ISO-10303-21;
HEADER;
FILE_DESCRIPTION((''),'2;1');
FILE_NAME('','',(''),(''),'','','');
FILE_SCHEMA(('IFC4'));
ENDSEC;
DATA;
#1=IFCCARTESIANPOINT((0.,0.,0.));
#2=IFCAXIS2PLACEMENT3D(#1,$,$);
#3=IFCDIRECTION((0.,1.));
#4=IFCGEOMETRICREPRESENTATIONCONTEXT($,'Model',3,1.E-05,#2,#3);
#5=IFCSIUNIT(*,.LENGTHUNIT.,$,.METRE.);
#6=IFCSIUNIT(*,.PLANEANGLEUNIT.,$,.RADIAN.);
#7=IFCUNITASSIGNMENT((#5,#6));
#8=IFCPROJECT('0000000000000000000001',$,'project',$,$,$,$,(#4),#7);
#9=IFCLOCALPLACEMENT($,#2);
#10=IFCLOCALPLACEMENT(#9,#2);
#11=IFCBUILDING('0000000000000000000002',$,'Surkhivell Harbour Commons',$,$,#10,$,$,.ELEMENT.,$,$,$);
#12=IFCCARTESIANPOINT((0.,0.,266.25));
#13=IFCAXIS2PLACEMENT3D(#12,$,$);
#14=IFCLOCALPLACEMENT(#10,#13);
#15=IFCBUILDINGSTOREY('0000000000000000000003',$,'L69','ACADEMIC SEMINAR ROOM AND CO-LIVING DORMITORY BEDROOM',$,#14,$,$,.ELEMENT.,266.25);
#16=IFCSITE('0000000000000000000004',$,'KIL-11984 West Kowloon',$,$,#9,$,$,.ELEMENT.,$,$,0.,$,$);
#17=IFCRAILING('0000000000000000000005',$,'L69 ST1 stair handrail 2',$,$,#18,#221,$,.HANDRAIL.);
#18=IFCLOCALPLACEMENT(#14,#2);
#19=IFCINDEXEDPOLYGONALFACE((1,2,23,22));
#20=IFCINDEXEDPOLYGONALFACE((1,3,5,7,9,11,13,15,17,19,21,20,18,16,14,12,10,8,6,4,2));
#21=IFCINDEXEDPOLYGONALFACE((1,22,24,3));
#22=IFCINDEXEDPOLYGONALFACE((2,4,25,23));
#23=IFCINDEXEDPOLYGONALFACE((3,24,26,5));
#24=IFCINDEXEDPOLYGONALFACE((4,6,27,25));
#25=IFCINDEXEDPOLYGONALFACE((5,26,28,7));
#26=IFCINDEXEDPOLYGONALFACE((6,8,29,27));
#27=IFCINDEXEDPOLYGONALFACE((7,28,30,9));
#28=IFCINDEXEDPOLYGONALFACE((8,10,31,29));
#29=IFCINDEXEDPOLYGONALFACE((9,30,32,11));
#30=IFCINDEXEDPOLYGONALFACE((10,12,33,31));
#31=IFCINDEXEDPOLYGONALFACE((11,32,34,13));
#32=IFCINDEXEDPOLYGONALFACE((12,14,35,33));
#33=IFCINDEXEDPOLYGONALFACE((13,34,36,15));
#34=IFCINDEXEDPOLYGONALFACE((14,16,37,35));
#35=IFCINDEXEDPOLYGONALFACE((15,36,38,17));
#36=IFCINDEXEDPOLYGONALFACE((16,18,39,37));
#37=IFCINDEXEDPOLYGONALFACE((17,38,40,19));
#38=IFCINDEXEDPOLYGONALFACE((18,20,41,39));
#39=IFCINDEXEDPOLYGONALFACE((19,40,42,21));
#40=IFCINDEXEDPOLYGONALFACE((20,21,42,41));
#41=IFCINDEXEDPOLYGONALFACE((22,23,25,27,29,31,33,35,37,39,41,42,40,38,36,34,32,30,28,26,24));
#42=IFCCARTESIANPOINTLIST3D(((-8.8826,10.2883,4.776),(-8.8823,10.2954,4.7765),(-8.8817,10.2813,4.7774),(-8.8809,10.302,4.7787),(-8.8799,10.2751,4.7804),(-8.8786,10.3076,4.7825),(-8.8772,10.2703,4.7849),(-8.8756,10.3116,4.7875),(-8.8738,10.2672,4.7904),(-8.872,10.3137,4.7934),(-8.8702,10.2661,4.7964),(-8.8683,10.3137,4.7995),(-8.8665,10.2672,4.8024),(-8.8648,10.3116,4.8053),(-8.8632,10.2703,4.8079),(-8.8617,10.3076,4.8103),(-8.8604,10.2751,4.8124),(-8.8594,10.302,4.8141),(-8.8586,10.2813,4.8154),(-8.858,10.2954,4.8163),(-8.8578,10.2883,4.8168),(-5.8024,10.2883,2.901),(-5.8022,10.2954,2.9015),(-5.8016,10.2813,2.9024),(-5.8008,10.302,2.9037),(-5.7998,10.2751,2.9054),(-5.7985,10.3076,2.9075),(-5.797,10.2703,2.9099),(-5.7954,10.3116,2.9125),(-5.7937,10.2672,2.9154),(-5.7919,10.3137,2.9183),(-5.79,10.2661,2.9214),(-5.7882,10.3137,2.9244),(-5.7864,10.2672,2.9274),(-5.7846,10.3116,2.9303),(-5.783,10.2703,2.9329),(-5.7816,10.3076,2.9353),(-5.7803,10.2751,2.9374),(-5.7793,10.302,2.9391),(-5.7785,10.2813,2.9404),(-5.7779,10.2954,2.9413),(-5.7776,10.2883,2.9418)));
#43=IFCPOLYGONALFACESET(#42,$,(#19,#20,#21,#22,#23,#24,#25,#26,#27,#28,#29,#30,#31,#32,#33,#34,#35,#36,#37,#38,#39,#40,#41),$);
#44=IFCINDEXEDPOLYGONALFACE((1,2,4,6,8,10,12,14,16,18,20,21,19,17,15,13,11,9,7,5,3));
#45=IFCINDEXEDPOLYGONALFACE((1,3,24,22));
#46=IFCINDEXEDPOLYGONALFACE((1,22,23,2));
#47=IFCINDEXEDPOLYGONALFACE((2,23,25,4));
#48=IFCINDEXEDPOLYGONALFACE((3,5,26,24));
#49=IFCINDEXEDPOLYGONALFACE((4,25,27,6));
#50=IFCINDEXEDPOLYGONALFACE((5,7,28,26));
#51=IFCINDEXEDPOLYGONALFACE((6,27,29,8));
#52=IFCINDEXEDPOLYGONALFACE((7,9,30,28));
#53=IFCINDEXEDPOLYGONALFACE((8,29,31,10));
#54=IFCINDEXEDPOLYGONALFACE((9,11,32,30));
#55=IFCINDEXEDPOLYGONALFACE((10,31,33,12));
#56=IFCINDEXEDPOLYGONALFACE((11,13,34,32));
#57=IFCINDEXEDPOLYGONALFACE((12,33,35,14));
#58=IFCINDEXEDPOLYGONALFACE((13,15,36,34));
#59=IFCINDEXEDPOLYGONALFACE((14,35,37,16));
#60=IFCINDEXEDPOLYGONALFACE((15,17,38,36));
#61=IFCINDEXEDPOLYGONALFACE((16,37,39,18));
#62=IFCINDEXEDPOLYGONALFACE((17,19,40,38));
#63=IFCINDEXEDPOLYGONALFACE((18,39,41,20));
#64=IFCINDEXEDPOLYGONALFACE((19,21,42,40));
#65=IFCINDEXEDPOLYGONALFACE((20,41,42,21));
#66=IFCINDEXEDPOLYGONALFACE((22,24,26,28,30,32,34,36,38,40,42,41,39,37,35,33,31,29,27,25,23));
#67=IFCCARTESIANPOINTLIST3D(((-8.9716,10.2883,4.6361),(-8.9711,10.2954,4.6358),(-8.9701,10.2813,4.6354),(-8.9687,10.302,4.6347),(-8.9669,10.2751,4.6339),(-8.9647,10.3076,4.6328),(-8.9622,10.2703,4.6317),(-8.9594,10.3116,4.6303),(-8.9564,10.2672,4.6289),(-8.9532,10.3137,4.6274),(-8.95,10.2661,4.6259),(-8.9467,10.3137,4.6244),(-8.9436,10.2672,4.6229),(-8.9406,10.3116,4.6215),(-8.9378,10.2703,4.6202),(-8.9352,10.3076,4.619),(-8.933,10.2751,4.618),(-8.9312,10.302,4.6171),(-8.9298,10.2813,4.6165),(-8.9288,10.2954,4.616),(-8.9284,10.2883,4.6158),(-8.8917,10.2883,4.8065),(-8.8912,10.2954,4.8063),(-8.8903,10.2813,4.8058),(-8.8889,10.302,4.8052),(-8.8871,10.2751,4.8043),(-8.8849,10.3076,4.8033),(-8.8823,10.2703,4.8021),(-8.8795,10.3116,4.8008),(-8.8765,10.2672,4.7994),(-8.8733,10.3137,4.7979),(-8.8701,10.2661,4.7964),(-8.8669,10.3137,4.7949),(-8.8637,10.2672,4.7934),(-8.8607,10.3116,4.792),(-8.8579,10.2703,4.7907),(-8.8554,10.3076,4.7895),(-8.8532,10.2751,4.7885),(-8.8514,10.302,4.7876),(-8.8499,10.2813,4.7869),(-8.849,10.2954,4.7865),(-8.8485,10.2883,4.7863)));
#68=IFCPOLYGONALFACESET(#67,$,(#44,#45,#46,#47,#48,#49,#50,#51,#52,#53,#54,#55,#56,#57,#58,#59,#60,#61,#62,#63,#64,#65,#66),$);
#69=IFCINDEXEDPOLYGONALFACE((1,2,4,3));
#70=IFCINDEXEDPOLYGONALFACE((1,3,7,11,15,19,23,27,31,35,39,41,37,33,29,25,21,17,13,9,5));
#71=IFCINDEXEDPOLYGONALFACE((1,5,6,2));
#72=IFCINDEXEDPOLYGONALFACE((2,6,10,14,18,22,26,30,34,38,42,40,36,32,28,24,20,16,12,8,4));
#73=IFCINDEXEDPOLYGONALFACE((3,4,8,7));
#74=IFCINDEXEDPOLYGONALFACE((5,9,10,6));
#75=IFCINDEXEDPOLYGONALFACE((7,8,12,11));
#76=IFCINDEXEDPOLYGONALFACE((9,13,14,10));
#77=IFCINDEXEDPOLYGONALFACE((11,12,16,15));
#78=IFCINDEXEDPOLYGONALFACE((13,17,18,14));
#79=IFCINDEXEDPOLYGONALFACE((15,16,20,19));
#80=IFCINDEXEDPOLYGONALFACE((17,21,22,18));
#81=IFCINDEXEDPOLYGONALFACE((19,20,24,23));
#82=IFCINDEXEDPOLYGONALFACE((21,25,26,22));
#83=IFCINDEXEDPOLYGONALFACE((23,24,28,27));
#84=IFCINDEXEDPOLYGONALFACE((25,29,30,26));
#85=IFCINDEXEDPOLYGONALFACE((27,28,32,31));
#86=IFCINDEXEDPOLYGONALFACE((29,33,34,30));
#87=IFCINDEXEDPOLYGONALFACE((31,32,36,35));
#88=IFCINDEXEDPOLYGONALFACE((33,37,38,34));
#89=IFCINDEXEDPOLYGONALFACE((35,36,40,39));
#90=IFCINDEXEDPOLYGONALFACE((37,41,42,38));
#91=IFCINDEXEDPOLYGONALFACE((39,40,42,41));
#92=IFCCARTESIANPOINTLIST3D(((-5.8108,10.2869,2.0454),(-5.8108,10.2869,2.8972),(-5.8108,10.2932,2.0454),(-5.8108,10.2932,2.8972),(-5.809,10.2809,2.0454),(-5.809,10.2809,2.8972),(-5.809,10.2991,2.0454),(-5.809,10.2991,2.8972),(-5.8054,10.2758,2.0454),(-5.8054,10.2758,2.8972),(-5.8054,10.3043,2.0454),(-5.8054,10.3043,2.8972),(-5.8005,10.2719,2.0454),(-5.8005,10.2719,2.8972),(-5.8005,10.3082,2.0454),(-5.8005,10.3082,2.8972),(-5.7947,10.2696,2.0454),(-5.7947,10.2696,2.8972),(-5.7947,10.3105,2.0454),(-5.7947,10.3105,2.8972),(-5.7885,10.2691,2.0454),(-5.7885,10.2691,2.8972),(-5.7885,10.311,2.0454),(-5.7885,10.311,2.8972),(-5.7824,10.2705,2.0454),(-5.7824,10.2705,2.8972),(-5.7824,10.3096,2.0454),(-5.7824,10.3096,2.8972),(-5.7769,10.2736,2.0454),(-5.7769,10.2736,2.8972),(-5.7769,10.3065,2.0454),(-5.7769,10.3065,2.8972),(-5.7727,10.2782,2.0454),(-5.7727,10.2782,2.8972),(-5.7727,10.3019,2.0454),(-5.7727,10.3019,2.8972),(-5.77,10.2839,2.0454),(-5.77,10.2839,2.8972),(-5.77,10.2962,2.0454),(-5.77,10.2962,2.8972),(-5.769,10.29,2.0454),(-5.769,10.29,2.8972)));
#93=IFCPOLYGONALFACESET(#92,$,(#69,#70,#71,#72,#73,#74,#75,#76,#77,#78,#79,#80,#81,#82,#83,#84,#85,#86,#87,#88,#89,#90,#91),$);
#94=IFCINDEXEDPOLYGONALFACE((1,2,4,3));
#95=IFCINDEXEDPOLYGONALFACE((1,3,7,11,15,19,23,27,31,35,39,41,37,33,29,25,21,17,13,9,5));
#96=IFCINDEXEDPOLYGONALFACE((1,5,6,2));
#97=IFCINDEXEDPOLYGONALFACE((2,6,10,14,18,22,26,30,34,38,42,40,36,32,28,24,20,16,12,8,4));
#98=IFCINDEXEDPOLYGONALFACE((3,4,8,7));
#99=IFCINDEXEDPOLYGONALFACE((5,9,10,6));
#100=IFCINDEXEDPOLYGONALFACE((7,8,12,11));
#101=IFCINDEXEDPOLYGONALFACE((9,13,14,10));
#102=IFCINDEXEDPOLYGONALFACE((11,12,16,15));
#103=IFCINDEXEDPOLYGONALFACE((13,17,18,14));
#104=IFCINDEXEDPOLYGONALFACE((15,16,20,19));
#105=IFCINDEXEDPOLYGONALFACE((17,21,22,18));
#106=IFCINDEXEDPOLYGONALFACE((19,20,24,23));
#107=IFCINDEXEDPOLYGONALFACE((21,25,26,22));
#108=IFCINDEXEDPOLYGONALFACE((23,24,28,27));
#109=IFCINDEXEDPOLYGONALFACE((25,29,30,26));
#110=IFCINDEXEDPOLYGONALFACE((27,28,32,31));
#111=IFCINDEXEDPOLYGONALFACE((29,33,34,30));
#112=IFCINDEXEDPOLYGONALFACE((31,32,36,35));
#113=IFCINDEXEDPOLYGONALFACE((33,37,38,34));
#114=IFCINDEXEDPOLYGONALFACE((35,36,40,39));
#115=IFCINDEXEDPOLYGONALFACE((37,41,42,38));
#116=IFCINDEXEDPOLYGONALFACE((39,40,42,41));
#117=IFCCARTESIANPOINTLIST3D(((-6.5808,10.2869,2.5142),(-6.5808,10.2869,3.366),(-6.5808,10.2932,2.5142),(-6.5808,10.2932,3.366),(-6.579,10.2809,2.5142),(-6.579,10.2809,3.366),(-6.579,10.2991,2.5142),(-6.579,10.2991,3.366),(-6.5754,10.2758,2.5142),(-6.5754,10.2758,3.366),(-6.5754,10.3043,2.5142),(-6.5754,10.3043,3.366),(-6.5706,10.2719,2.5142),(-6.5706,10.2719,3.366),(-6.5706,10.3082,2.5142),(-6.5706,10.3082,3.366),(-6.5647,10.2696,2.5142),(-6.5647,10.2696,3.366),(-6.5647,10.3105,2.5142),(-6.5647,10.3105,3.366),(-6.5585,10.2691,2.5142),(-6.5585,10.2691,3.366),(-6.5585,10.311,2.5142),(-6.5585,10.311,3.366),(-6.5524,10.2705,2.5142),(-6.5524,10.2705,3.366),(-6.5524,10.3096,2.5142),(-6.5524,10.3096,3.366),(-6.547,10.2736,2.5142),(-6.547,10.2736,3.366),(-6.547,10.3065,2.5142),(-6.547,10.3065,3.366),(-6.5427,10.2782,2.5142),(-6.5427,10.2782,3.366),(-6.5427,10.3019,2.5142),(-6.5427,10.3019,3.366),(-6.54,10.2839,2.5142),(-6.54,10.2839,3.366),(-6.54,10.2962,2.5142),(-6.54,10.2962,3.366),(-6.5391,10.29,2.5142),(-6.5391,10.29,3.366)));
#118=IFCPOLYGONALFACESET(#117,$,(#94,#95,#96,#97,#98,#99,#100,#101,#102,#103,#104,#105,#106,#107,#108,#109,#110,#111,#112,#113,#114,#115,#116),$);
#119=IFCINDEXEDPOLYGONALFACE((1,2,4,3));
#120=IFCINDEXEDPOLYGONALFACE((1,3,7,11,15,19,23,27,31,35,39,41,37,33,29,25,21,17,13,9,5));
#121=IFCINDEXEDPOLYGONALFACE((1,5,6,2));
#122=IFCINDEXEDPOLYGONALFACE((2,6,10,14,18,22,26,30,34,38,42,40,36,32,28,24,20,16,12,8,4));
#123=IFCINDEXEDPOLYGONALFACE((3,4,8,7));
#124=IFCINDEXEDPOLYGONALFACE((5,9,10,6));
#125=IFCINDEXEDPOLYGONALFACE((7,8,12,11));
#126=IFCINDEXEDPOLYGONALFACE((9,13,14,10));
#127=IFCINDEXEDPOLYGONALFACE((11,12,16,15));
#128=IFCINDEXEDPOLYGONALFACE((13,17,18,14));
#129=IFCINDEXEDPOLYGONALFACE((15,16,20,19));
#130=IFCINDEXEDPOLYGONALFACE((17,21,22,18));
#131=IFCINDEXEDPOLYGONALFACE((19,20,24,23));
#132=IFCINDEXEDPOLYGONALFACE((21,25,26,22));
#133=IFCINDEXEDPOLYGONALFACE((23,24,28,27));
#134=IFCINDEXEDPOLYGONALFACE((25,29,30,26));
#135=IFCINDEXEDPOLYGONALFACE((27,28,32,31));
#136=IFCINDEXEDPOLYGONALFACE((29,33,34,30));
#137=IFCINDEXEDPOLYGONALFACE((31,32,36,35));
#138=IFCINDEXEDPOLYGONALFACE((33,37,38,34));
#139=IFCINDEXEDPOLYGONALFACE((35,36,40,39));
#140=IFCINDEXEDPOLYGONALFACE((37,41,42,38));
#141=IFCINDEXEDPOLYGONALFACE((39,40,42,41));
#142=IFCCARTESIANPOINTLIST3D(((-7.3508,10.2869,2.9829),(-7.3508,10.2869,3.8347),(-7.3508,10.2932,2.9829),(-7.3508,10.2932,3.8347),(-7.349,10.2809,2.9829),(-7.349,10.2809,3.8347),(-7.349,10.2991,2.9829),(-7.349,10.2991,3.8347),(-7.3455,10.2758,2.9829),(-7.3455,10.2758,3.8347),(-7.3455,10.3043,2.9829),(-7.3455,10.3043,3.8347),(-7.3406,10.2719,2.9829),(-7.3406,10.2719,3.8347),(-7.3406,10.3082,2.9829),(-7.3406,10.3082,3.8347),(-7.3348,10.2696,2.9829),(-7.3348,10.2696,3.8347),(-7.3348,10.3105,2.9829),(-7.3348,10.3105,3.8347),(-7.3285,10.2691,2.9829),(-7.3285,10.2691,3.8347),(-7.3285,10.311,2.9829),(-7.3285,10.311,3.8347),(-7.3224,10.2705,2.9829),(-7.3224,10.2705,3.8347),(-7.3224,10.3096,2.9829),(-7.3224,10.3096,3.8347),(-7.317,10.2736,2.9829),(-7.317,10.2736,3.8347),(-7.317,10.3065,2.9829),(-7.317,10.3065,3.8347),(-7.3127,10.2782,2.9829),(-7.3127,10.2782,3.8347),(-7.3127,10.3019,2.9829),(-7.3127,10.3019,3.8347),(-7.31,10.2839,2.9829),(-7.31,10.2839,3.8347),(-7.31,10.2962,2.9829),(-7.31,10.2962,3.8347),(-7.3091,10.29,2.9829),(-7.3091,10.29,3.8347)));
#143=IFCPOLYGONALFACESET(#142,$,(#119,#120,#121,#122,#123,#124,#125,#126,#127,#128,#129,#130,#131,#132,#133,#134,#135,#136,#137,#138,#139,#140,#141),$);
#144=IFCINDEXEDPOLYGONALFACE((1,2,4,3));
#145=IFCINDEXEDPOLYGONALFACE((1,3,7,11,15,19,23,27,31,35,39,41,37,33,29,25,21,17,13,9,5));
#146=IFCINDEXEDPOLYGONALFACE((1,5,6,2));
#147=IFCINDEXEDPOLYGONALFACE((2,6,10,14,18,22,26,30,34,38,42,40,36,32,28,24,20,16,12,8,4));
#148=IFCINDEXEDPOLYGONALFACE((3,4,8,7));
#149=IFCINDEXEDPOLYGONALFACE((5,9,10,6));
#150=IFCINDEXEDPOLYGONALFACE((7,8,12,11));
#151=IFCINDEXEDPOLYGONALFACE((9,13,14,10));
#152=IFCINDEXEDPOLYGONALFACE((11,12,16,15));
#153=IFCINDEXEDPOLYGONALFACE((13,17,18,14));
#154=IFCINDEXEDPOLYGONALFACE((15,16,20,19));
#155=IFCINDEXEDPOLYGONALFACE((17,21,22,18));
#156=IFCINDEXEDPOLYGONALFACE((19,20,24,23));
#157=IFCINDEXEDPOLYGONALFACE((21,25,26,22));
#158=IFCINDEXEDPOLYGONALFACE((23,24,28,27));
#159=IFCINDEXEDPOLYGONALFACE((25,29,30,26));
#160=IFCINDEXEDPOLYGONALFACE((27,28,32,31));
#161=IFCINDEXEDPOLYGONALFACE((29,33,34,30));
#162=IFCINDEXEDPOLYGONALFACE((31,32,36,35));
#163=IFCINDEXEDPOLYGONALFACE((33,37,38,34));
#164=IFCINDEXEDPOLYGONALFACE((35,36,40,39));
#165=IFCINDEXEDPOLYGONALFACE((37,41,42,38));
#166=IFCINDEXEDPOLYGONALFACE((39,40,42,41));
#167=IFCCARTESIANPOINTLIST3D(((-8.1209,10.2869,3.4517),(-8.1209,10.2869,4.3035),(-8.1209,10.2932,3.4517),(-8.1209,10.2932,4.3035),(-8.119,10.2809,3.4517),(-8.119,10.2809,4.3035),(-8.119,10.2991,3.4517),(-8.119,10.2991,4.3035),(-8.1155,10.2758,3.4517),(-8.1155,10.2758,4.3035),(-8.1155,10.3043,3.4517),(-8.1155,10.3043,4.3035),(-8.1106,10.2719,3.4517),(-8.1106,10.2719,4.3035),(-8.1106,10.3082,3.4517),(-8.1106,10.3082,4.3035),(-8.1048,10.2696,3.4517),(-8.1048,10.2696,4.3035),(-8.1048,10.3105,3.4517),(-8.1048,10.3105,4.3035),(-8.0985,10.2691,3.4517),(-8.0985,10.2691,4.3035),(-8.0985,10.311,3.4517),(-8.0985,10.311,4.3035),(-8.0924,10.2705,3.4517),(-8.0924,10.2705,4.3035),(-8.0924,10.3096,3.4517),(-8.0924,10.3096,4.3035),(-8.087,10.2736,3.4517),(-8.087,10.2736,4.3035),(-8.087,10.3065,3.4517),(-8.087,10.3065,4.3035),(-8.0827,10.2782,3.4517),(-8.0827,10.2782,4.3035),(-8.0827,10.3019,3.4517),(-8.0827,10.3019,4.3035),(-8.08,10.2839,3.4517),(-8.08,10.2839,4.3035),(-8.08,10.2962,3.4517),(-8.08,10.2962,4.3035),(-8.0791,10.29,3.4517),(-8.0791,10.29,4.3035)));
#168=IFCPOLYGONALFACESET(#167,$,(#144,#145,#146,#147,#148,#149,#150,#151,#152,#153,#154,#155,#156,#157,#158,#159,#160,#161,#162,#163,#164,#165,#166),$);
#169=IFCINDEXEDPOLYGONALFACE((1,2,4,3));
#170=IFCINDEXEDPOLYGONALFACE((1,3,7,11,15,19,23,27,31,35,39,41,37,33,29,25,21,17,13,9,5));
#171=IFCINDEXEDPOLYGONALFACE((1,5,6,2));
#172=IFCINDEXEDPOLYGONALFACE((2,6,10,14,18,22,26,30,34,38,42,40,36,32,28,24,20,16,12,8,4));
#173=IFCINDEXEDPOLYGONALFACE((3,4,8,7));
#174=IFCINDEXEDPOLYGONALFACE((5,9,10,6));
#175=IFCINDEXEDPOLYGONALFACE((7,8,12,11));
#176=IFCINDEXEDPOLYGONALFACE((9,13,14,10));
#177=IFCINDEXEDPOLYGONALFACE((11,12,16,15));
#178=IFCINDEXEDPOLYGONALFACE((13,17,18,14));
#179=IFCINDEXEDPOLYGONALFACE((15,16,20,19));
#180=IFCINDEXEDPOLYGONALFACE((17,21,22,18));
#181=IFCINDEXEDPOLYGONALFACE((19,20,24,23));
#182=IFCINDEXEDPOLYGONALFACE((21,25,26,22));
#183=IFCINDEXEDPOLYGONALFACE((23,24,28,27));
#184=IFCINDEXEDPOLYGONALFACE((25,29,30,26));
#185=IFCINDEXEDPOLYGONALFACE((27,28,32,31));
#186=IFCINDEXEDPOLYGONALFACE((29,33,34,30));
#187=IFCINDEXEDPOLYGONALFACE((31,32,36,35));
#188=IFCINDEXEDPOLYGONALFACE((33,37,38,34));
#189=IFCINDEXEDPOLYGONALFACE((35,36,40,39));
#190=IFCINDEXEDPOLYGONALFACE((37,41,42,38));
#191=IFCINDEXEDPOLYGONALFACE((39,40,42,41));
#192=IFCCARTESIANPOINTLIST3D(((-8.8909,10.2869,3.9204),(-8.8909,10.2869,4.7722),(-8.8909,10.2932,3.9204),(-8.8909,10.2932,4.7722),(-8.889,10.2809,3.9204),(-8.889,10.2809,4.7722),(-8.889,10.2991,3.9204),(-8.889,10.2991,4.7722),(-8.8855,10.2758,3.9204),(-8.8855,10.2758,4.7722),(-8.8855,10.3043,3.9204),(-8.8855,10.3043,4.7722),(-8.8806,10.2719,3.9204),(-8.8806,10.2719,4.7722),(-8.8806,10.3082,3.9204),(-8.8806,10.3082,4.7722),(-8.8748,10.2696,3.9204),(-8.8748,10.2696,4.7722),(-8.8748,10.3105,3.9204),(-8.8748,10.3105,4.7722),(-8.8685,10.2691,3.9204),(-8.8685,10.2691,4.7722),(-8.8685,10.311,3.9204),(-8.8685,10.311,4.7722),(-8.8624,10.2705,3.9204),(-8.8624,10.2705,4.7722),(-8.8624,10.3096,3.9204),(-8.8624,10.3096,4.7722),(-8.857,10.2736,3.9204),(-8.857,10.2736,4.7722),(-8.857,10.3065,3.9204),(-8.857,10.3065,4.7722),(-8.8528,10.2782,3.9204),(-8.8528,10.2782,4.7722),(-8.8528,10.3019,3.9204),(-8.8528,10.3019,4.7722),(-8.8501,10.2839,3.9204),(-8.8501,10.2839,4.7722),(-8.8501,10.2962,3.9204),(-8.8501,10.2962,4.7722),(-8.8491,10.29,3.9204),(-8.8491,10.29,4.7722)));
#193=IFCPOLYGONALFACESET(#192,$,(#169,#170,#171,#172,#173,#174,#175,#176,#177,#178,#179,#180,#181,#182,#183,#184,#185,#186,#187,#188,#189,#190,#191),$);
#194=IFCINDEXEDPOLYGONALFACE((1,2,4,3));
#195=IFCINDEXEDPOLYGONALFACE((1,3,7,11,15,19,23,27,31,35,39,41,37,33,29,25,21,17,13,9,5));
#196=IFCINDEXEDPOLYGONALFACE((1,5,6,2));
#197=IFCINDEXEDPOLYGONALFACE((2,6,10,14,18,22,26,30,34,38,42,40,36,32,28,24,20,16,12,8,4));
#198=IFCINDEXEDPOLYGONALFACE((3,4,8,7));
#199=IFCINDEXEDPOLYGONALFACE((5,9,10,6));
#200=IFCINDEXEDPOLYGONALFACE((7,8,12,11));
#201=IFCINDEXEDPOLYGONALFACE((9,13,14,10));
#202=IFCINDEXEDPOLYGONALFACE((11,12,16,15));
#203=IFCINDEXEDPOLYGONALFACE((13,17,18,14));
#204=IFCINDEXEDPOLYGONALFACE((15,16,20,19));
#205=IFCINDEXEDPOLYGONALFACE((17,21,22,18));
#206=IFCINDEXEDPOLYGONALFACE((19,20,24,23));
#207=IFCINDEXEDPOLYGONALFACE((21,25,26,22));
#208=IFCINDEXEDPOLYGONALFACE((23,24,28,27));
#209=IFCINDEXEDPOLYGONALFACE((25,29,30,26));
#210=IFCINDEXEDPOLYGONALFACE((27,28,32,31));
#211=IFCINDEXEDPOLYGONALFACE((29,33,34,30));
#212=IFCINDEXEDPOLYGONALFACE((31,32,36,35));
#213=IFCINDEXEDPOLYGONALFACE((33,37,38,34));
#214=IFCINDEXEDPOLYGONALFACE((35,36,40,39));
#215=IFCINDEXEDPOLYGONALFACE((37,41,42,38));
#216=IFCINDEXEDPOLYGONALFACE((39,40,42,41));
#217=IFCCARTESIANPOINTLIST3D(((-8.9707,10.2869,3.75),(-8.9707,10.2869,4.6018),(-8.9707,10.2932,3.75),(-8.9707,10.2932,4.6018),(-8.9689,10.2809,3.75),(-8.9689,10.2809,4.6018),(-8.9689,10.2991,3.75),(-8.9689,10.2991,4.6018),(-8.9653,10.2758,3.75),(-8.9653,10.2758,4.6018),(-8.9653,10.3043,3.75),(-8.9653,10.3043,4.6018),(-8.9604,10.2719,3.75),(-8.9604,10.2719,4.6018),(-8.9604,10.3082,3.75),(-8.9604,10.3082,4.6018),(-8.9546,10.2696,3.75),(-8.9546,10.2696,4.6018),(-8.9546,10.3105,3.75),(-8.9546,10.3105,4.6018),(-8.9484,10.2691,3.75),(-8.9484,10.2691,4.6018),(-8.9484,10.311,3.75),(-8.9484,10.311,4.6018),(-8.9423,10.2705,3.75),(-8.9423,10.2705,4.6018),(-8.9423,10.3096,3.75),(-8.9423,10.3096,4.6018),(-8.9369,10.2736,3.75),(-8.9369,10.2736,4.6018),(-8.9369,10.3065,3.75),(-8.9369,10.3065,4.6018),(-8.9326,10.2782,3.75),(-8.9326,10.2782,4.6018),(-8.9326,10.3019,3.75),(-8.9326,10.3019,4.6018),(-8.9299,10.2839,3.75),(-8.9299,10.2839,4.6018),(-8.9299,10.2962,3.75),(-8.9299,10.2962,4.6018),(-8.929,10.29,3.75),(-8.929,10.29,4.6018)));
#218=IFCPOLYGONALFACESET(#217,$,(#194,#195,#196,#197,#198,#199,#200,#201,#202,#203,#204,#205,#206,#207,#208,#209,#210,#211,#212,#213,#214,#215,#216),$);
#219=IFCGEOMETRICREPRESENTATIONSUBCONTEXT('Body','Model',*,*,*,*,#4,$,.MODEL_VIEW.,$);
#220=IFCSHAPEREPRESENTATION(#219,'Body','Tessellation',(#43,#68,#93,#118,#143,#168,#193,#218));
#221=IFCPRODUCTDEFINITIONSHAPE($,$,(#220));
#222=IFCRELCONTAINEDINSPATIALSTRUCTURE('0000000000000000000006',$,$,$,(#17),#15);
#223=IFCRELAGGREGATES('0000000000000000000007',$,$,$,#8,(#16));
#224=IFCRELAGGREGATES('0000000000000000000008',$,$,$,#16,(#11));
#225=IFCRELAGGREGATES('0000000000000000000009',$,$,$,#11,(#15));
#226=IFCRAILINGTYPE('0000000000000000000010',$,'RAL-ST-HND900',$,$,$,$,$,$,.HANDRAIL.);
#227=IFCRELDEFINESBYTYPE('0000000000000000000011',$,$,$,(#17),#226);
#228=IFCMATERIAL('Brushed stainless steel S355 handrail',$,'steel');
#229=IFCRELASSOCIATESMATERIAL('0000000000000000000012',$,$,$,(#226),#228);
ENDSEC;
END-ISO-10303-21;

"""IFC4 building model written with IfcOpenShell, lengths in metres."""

from ifc_helpers import new_model, si_unit, direction, frame, origin, origin_2d, place, context, subcontext, project, spatial, circle, extrude, material, type_object, element, save


model = new_model("IFC4")

# Units and contexts
model_context = context("Model", 3, precision=1e-05, world=origin(), true_north=direction((0.0, 1.0)))
body_context = subcontext(model_context, "Body", "Model", "MODEL_VIEW")
ifc_project = project(units=[si_unit("LENGTHUNIT", "METRE"), si_unit("PLANEANGLEUNIT", "RADIAN")], contexts=[model_context])

# Site, building, storey
site_placement = place(None, origin())
site = spatial("IfcSite", under=ifc_project, at=site_placement, Name="KIL-11984 West Kowloon", CompositionType="ELEMENT", RefElevation=0.0)
building_placement = place(site_placement, origin())
building = spatial("IfcBuilding", under=site, at=building_placement, Name="Surkhivell Harbour Commons", CompositionType="ELEMENT")
storey_placement = place(building_placement, frame((0.0, 0.0, 266.25)))
storey = spatial("IfcBuildingStorey", under=building, at=storey_placement, Name="L69", Description="ACADEMIC SEMINAR ROOM AND CO-LIVING DORMITORY BEDROOM", CompositionType="ELEMENT", Elevation=266.25)

# Railing
ifc_material_1 = material(Name="Brushed stainless steel S355 handrail", Category="steel")
railing_type_1 = type_object("IfcRailingType", Name="RAL-ST-HND900", PredefinedType="HANDRAIL", material=ifc_material_1)
railing_1_placement = place(storey_placement, frame((-5.79, 10.29, 2.0454)))
element("IfcRailing", 1, at=railing_1_placement, inside=storey, type_object=railing_type_1, Name="L69 ST1 stair handrail 2", PredefinedType="HANDRAIL", context=body_context, shape_type="SweptSolid", body=[
    extrude(circle(Radius=0.0239, at=origin_2d()), frame((0.0, 0.0, 0.876), z_axis=(-0.854178, 0.0, 0.519981), x_axis=(0.0, -1.0, 0.0)), (0.0, 0.0, 1.0), 3.606),
    extrude(circle(Radius=0.0239, at=origin_2d()), frame((-3.0801, 0.0, 2.751), z_axis=(-0.424234, 0.0, -0.905552), x_axis=(0.0, -1.0, 0.0)), (0.0, 0.0, 1.0), 0.1882),
    extrude(circle(Radius=0.021, at=origin_2d()), origin(), (0.0, 0.0, 1.0), 0.8518),
    extrude(circle(Radius=0.021, at=origin_2d()), frame((-0.77, 0.0, 0.4688)), (0.0, 0.0, 1.0), 0.8518),
    extrude(circle(Radius=0.021, at=origin_2d()), frame((-1.54, 0.0, 0.9375)), (0.0, 0.0, 1.0), 0.8518),
    extrude(circle(Radius=0.021, at=origin_2d()), frame((-2.3101, 0.0, 1.4062)), (0.0, 0.0, 1.0), 0.8518),
    extrude(circle(Radius=0.021, at=origin_2d()), frame((-3.0801, 0.0, 1.875)), (0.0, 0.0, 1.0), 0.8518),
    extrude(circle(Radius=0.021, at=origin_2d()), frame((-3.1599, 0.0, 1.7046)), (0.0, 0.0, 1.0), 0.8518),
])

save(model, "model.ifc")
